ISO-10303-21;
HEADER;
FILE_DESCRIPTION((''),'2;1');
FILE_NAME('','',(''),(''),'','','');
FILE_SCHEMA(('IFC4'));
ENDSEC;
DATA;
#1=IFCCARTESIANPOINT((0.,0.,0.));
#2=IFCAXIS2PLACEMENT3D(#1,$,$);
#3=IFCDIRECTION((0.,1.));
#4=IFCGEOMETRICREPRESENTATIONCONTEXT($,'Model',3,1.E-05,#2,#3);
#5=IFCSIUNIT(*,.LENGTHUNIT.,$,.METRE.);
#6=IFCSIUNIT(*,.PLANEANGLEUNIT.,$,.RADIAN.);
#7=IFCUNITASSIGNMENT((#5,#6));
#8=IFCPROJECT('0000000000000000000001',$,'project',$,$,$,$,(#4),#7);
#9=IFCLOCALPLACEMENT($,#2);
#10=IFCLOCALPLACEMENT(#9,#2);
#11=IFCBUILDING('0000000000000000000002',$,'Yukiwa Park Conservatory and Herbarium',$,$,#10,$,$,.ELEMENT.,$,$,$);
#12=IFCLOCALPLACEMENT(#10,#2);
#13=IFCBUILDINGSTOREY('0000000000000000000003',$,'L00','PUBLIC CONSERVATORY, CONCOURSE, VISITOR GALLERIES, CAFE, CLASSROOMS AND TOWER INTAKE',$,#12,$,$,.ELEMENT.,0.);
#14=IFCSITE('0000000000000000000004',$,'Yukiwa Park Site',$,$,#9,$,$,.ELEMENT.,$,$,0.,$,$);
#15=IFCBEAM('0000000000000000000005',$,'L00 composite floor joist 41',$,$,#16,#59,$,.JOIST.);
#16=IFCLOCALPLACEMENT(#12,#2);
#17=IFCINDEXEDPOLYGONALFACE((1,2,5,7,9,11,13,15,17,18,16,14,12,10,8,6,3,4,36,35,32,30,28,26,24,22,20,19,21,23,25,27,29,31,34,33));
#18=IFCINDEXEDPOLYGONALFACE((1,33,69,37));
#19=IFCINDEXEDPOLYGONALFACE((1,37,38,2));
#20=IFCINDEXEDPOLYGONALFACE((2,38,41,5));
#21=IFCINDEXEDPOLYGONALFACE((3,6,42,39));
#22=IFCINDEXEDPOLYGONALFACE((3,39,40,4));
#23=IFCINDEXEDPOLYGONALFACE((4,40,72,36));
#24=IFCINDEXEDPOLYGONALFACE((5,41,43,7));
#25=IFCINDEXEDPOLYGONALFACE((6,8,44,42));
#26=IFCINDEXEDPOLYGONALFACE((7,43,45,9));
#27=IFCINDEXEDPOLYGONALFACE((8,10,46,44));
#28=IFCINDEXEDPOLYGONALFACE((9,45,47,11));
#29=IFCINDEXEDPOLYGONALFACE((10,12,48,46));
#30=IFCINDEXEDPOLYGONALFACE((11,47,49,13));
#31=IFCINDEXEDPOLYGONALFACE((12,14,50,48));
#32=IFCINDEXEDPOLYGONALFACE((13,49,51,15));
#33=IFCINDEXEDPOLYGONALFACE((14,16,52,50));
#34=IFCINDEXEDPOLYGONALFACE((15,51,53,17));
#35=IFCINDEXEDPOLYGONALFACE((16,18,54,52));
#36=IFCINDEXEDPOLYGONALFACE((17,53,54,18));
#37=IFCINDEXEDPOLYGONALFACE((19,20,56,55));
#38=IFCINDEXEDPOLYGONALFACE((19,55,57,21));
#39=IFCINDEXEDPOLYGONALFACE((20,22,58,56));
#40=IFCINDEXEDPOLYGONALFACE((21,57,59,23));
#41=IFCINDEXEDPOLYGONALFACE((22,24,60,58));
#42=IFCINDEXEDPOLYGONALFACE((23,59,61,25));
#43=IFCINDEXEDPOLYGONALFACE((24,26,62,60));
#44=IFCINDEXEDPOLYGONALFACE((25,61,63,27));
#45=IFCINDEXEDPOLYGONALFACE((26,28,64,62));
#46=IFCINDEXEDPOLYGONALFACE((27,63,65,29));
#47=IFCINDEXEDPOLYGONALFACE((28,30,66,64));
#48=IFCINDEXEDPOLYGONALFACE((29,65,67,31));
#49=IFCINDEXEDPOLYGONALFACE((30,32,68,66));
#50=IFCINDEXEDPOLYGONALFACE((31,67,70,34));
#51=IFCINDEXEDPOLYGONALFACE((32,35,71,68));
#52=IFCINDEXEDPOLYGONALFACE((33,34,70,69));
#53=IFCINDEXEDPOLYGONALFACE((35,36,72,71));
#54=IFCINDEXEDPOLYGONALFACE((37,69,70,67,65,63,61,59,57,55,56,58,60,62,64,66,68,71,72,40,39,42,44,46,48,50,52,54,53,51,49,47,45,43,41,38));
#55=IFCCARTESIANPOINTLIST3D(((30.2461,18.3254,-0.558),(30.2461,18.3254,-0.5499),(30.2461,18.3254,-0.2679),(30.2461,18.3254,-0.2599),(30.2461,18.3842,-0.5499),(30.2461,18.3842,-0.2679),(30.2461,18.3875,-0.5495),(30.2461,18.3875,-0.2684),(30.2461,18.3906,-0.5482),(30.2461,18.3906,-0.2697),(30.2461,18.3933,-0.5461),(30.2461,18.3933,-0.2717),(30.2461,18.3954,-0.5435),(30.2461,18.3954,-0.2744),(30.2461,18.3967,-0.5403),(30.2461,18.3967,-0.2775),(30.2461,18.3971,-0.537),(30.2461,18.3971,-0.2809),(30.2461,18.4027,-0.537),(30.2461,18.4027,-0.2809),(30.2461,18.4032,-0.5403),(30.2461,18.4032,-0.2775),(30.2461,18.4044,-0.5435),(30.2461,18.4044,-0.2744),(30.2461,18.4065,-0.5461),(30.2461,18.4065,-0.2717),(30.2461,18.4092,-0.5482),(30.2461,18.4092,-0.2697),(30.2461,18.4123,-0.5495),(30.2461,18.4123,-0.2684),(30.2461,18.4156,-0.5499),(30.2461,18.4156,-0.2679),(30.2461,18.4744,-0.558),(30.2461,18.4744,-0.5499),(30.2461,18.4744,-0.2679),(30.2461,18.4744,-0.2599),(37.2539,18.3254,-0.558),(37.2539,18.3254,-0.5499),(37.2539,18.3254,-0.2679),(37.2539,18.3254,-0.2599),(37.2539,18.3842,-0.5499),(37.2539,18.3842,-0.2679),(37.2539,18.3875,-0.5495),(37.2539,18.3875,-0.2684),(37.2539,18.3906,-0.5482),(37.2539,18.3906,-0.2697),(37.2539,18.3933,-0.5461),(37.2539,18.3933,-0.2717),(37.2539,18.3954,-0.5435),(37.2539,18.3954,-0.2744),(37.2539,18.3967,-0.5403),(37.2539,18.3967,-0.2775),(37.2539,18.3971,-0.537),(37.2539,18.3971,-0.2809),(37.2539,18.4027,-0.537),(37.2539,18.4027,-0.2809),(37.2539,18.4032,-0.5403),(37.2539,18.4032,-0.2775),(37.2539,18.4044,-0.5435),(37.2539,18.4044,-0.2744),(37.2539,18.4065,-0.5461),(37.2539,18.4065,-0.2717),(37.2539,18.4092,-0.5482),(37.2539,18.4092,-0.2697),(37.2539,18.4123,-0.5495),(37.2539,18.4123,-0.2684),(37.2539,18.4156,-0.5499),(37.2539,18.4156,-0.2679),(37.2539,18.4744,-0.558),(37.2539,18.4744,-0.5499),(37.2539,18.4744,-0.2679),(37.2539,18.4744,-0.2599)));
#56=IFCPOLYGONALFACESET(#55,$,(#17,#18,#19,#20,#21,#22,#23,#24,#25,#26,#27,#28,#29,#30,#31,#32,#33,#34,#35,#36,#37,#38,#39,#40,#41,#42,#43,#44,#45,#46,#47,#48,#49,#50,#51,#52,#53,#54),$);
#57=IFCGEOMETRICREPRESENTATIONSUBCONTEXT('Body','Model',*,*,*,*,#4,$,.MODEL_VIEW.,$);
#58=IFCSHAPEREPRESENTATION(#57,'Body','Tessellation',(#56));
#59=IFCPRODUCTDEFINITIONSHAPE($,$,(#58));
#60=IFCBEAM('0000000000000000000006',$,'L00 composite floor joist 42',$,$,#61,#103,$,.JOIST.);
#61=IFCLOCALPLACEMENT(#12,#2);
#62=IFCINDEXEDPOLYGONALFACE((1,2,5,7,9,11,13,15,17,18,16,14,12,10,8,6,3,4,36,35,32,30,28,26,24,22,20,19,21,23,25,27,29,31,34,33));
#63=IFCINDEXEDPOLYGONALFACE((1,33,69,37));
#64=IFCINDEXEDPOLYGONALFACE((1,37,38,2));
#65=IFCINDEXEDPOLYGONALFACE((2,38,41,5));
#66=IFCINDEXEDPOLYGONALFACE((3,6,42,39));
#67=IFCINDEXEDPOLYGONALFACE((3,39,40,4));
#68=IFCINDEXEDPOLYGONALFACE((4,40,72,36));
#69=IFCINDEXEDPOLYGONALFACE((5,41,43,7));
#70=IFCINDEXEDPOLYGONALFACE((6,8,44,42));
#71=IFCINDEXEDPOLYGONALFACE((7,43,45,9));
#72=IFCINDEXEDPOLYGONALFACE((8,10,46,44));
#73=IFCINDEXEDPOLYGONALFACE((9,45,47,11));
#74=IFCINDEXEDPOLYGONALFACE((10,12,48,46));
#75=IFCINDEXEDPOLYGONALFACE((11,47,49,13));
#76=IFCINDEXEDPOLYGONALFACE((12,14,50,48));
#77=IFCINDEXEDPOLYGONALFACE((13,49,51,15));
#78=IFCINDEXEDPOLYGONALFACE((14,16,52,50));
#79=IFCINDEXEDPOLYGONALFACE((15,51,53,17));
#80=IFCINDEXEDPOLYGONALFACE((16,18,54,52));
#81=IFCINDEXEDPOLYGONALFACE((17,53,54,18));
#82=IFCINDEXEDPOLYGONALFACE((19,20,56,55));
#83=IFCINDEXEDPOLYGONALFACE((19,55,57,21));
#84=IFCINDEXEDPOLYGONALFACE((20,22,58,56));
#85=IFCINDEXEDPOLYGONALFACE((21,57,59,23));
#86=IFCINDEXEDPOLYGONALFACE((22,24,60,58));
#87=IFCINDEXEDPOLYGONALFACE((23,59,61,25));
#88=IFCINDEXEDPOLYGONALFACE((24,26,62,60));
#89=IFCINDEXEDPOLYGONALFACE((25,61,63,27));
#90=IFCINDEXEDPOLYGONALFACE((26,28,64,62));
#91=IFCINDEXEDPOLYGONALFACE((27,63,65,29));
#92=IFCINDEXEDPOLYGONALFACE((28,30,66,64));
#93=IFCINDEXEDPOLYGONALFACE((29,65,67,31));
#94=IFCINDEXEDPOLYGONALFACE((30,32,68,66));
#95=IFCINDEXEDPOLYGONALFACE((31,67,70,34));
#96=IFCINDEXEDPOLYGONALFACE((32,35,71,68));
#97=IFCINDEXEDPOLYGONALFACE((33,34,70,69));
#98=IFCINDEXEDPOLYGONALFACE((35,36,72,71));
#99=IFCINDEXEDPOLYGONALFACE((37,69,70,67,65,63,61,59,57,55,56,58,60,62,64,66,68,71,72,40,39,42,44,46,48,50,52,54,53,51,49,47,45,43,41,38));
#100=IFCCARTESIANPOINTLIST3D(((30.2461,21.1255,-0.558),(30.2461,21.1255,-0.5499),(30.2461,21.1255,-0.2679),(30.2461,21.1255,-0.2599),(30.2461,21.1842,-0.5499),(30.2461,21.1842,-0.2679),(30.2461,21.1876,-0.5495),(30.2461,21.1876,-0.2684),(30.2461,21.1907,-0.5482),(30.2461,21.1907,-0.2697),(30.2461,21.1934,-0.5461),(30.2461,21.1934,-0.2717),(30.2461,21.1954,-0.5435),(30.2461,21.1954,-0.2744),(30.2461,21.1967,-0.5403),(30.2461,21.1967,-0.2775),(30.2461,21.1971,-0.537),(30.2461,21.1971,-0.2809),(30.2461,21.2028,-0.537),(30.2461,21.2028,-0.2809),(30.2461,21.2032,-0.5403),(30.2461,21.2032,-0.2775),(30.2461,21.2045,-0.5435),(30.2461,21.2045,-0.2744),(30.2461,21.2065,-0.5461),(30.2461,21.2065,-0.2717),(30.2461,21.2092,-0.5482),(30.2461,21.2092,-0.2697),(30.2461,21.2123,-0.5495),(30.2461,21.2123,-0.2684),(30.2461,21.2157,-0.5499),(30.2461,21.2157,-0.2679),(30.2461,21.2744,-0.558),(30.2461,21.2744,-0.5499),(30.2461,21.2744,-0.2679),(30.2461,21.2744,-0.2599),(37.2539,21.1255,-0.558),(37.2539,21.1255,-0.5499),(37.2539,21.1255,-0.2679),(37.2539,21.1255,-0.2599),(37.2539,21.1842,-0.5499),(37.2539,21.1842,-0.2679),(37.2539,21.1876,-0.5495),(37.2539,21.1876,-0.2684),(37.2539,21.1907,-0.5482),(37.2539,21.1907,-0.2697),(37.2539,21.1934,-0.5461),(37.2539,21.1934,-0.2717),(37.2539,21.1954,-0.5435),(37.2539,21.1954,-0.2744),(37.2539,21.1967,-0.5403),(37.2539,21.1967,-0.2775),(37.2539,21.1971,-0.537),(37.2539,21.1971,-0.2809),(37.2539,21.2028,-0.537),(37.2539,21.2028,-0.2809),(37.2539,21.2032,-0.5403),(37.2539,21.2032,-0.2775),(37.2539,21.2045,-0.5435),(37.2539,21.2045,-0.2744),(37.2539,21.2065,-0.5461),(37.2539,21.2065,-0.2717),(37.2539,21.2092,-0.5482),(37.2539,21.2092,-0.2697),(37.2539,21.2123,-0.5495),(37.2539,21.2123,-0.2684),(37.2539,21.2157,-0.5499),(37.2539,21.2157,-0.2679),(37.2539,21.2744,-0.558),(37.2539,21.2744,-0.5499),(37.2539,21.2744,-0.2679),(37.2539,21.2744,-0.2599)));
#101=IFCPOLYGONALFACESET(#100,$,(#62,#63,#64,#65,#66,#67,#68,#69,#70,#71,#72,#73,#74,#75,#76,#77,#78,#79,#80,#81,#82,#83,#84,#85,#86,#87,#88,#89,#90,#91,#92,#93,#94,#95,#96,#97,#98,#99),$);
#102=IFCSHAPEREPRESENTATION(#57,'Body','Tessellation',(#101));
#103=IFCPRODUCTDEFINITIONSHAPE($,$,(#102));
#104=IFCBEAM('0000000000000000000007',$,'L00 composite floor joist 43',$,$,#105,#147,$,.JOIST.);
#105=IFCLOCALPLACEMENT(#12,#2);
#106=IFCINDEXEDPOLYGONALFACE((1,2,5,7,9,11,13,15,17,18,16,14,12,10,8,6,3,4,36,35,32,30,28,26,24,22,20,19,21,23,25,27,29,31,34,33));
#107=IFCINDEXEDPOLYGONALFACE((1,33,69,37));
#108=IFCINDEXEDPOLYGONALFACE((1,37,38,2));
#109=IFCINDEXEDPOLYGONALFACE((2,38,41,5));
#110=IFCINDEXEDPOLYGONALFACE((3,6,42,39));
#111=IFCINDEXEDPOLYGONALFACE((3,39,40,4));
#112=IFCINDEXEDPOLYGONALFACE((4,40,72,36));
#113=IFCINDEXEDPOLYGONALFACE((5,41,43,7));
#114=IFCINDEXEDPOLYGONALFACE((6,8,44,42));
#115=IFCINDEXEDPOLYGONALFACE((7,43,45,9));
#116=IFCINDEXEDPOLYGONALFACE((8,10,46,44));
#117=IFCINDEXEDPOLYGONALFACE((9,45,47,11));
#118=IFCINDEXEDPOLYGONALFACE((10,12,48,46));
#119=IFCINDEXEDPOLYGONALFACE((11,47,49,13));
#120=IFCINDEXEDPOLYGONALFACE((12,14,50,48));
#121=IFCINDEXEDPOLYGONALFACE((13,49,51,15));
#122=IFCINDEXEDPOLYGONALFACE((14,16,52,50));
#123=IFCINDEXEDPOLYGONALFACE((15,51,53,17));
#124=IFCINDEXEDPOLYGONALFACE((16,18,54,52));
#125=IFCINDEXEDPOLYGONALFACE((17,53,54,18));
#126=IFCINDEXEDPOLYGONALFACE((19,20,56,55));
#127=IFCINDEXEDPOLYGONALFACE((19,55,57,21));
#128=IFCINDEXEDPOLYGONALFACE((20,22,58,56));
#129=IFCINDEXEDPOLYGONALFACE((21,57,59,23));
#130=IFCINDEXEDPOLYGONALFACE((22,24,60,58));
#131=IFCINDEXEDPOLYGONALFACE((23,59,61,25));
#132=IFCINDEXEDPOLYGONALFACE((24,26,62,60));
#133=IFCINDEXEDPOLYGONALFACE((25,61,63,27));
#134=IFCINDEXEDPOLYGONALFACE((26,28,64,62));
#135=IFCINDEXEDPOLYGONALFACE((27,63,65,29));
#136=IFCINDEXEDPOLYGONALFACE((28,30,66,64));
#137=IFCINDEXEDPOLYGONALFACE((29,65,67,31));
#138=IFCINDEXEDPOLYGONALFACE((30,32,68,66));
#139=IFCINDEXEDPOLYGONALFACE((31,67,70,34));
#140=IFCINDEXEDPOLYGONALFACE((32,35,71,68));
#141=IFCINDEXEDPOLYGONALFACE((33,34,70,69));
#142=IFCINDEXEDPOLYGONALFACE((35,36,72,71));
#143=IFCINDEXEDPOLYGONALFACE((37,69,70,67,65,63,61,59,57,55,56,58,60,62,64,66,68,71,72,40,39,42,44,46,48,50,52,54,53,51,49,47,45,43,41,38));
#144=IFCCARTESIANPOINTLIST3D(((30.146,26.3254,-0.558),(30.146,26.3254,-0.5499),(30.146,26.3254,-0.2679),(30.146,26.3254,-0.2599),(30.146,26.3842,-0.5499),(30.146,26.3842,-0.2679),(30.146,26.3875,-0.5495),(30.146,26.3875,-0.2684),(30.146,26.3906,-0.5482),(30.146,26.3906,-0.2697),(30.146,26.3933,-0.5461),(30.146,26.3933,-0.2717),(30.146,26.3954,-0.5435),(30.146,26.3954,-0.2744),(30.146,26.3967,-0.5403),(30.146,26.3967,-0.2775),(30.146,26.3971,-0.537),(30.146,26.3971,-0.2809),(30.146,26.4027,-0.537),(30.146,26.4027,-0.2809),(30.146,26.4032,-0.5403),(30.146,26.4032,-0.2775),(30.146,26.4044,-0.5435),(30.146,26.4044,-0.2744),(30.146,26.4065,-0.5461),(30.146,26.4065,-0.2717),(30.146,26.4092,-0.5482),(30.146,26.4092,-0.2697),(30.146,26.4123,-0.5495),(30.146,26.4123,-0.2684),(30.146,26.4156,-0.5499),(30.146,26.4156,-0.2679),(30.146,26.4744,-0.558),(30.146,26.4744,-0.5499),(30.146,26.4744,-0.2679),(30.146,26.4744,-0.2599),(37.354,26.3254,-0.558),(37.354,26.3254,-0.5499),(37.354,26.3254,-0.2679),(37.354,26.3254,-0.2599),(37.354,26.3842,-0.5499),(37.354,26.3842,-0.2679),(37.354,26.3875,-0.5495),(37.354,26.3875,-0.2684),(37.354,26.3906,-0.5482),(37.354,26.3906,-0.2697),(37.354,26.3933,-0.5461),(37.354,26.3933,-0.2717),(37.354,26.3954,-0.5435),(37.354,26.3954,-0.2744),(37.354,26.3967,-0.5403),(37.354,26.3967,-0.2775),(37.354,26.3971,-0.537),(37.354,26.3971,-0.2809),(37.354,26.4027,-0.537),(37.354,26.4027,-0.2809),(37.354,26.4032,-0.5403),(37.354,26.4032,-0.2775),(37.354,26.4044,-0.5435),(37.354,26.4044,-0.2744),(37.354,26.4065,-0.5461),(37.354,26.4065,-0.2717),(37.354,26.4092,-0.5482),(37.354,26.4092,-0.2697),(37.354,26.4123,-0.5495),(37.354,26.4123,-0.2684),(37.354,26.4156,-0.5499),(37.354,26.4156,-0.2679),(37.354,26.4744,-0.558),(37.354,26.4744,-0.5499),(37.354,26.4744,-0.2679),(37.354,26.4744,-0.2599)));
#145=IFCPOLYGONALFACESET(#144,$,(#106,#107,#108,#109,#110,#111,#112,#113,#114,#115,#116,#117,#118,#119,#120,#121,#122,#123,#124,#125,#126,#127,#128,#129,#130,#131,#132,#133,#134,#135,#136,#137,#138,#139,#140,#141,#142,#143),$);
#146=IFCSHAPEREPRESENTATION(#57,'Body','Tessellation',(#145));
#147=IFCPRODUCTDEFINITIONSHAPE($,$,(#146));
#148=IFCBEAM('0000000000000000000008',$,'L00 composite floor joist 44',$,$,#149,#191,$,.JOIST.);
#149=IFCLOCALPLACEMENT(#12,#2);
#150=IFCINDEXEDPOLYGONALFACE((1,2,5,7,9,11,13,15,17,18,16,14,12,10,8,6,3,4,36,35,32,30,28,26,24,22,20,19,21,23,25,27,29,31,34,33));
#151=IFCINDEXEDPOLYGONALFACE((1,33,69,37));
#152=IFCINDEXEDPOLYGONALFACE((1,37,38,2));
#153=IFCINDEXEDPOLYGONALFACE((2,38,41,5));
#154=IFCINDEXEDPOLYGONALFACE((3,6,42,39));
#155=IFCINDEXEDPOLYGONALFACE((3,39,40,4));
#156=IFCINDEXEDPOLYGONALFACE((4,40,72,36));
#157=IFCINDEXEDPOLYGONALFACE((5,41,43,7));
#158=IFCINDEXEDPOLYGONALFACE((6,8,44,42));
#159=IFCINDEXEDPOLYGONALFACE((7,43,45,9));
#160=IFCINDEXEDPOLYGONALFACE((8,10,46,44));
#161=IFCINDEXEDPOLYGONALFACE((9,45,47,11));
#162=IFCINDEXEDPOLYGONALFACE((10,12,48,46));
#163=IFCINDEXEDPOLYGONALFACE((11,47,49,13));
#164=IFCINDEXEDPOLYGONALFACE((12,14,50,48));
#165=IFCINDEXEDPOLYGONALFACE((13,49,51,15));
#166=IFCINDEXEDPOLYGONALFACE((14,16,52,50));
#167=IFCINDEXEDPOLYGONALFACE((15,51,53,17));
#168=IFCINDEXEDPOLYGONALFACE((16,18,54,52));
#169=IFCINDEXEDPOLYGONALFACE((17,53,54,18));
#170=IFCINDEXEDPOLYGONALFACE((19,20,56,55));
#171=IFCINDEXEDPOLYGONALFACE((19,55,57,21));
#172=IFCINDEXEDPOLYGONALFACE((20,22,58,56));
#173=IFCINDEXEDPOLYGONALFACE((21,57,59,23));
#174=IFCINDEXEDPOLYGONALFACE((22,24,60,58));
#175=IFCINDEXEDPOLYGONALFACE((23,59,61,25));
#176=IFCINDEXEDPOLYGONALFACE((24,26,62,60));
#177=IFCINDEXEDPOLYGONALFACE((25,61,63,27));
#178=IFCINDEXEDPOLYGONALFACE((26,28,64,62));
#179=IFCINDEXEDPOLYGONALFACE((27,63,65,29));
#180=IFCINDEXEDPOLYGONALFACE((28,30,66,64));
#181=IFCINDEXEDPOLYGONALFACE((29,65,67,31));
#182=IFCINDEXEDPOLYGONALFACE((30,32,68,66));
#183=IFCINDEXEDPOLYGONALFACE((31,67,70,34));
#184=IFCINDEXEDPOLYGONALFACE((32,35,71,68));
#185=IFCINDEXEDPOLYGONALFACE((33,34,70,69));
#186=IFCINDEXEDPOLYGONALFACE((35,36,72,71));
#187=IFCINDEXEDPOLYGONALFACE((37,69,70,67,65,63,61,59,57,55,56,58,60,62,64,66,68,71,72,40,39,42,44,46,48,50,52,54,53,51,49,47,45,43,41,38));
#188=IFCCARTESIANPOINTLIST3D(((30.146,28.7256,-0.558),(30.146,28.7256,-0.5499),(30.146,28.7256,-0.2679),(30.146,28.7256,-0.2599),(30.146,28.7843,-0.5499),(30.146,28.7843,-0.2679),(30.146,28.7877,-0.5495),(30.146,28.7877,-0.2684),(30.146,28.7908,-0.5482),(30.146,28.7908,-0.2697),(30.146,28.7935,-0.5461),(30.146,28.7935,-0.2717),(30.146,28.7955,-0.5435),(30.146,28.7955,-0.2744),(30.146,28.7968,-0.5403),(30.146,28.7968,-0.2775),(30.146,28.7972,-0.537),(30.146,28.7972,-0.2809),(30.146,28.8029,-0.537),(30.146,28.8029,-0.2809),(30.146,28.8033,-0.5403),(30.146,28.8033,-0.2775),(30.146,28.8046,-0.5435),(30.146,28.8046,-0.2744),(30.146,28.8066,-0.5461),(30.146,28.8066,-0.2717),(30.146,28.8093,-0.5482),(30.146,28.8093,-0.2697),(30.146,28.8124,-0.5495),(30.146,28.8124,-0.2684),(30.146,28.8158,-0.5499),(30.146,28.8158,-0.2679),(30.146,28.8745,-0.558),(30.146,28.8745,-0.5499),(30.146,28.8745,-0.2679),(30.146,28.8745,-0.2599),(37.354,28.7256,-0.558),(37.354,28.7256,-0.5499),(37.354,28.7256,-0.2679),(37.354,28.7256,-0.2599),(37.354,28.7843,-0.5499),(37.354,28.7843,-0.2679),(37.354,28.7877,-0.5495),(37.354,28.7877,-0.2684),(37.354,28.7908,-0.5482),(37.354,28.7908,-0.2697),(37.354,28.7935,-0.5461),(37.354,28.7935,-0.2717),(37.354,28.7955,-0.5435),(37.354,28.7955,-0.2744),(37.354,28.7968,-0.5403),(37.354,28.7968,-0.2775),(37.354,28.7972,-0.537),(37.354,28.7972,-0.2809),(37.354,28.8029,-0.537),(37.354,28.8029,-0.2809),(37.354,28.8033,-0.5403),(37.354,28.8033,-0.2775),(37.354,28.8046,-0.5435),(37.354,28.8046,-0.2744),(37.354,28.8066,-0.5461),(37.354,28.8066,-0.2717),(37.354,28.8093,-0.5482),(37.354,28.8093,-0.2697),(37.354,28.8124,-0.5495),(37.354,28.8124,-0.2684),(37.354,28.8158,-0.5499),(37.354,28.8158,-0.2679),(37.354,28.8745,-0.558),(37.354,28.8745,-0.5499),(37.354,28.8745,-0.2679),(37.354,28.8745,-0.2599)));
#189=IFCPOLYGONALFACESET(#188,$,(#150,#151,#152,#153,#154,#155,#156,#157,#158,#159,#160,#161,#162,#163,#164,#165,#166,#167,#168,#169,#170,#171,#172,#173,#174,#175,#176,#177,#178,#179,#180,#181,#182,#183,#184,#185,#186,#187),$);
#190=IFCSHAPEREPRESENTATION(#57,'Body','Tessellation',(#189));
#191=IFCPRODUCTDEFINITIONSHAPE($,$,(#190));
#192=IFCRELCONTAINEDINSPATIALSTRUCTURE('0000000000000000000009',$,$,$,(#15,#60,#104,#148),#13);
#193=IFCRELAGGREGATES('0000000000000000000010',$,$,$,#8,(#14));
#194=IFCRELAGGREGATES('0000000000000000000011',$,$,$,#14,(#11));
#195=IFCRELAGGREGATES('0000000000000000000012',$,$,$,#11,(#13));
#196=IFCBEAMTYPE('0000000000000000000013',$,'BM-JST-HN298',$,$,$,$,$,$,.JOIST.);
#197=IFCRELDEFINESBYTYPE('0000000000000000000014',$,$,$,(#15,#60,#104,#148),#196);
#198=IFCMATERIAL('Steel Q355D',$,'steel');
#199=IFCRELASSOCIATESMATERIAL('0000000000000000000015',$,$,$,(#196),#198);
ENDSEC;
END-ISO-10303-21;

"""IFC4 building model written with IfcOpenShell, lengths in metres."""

from ifc_helpers import new_model, si_unit, direction, frame, origin, origin_2d, place, context, subcontext, project, spatial, i_section, extrude, material, material_profile, profile_set, type_object, element, save


model = new_model("IFC4")

# Units and contexts
model_context = context("Model", 3, precision=1e-05, world=origin(), true_north=direction((0.0, 1.0)))
body_context = subcontext(model_context, "Body", "Model", "MODEL_VIEW")
ifc_project = project(units=[si_unit("LENGTHUNIT", "METRE"), si_unit("PLANEANGLEUNIT", "RADIAN")], contexts=[model_context])

# Site, building, storey
site_placement = place(None, origin())
site = spatial("IfcSite", under=ifc_project, at=site_placement, Name="Yukiwa Park Site", CompositionType="ELEMENT", RefElevation=0.0)
building_placement = place(site_placement, origin())
building = spatial("IfcBuilding", under=site, at=building_placement, Name="Yukiwa Park Conservatory and Herbarium", CompositionType="ELEMENT")
storey_placement = place(building_placement, origin())
storey = spatial("IfcBuildingStorey", under=building, at=storey_placement, Name="L00", Description="PUBLIC CONSERVATORY, CONCOURSE, VISITOR GALLERIES, CAFE, CLASSROOMS AND TOWER INTAKE", CompositionType="ELEMENT", Elevation=0.0)

# Beams
ifc_material_1 = material(Name="Steel Q355D", Category="steel")
ifc_material_profile_1 = material_profile(ifc_material_1, i_section(OverallWidth=0.1489, OverallDepth=0.2981, WebThickness=0.0056, FlangeThickness=0.0081, FilletRadius=0.0129, at=origin_2d()), Name="HN 298x149x5.5x8")
ifc_profile_set_1 = profile_set([ifc_material_profile_1], Name="Steel Q355D")
beam_type_1 = type_object("IfcBeamType", Name="BM-JST-HN298", PredefinedType="JOIST", material=ifc_profile_set_1)
for number, where, z_axis, x_axis, name in (
    (1, (30.2461, 18.3999, -0.4089), (1.0, 0.0, 0.0), (0.0, 1.0, 0.0), "L00 composite floor joist 41"),
    (2, (30.2461, 21.2, -0.4089), (1.0, 0.0, 0.0), (0.0, 1.0, 0.0), "L00 composite floor joist 42"),
):
    element("IfcBeam", number, at=place(storey_placement, frame(where, z_axis=z_axis, x_axis=x_axis)), inside=storey, type_object=beam_type_1, Name=name, PredefinedType="JOIST", context=body_context, shape_type="SweptSolid", body=[
        extrude(i_section(OverallWidth=0.1489, OverallDepth=0.2981, WebThickness=0.0056, FlangeThickness=0.0081, FilletRadius=0.0129, at=origin_2d()), origin(), (0.0, 0.0, 1.0), 7.0078),
    ])
for number, where, z_axis, x_axis, name in (
    (3, (30.146, 26.3999, -0.4089), (1.0, 0.0, 0.0), (0.0, 1.0, 0.0), "L00 composite floor joist 43"),
    (4, (30.146, 28.8, -0.4089), (1.0, 0.0, 0.0), (0.0, 1.0, 0.0), "L00 composite floor joist 44"),
):
    element("IfcBeam", number, at=place(storey_placement, frame(where, z_axis=z_axis, x_axis=x_axis)), inside=storey, type_object=beam_type_1, Name=name, PredefinedType="JOIST", context=body_context, shape_type="SweptSolid", body=[
        extrude(i_section(OverallWidth=0.1489, OverallDepth=0.2981, WebThickness=0.0056, FlangeThickness=0.0081, FilletRadius=0.0129, at=origin_2d()), origin(), (0.0, 0.0, 1.0), 7.208),
    ])

save(model, "model.ifc")
